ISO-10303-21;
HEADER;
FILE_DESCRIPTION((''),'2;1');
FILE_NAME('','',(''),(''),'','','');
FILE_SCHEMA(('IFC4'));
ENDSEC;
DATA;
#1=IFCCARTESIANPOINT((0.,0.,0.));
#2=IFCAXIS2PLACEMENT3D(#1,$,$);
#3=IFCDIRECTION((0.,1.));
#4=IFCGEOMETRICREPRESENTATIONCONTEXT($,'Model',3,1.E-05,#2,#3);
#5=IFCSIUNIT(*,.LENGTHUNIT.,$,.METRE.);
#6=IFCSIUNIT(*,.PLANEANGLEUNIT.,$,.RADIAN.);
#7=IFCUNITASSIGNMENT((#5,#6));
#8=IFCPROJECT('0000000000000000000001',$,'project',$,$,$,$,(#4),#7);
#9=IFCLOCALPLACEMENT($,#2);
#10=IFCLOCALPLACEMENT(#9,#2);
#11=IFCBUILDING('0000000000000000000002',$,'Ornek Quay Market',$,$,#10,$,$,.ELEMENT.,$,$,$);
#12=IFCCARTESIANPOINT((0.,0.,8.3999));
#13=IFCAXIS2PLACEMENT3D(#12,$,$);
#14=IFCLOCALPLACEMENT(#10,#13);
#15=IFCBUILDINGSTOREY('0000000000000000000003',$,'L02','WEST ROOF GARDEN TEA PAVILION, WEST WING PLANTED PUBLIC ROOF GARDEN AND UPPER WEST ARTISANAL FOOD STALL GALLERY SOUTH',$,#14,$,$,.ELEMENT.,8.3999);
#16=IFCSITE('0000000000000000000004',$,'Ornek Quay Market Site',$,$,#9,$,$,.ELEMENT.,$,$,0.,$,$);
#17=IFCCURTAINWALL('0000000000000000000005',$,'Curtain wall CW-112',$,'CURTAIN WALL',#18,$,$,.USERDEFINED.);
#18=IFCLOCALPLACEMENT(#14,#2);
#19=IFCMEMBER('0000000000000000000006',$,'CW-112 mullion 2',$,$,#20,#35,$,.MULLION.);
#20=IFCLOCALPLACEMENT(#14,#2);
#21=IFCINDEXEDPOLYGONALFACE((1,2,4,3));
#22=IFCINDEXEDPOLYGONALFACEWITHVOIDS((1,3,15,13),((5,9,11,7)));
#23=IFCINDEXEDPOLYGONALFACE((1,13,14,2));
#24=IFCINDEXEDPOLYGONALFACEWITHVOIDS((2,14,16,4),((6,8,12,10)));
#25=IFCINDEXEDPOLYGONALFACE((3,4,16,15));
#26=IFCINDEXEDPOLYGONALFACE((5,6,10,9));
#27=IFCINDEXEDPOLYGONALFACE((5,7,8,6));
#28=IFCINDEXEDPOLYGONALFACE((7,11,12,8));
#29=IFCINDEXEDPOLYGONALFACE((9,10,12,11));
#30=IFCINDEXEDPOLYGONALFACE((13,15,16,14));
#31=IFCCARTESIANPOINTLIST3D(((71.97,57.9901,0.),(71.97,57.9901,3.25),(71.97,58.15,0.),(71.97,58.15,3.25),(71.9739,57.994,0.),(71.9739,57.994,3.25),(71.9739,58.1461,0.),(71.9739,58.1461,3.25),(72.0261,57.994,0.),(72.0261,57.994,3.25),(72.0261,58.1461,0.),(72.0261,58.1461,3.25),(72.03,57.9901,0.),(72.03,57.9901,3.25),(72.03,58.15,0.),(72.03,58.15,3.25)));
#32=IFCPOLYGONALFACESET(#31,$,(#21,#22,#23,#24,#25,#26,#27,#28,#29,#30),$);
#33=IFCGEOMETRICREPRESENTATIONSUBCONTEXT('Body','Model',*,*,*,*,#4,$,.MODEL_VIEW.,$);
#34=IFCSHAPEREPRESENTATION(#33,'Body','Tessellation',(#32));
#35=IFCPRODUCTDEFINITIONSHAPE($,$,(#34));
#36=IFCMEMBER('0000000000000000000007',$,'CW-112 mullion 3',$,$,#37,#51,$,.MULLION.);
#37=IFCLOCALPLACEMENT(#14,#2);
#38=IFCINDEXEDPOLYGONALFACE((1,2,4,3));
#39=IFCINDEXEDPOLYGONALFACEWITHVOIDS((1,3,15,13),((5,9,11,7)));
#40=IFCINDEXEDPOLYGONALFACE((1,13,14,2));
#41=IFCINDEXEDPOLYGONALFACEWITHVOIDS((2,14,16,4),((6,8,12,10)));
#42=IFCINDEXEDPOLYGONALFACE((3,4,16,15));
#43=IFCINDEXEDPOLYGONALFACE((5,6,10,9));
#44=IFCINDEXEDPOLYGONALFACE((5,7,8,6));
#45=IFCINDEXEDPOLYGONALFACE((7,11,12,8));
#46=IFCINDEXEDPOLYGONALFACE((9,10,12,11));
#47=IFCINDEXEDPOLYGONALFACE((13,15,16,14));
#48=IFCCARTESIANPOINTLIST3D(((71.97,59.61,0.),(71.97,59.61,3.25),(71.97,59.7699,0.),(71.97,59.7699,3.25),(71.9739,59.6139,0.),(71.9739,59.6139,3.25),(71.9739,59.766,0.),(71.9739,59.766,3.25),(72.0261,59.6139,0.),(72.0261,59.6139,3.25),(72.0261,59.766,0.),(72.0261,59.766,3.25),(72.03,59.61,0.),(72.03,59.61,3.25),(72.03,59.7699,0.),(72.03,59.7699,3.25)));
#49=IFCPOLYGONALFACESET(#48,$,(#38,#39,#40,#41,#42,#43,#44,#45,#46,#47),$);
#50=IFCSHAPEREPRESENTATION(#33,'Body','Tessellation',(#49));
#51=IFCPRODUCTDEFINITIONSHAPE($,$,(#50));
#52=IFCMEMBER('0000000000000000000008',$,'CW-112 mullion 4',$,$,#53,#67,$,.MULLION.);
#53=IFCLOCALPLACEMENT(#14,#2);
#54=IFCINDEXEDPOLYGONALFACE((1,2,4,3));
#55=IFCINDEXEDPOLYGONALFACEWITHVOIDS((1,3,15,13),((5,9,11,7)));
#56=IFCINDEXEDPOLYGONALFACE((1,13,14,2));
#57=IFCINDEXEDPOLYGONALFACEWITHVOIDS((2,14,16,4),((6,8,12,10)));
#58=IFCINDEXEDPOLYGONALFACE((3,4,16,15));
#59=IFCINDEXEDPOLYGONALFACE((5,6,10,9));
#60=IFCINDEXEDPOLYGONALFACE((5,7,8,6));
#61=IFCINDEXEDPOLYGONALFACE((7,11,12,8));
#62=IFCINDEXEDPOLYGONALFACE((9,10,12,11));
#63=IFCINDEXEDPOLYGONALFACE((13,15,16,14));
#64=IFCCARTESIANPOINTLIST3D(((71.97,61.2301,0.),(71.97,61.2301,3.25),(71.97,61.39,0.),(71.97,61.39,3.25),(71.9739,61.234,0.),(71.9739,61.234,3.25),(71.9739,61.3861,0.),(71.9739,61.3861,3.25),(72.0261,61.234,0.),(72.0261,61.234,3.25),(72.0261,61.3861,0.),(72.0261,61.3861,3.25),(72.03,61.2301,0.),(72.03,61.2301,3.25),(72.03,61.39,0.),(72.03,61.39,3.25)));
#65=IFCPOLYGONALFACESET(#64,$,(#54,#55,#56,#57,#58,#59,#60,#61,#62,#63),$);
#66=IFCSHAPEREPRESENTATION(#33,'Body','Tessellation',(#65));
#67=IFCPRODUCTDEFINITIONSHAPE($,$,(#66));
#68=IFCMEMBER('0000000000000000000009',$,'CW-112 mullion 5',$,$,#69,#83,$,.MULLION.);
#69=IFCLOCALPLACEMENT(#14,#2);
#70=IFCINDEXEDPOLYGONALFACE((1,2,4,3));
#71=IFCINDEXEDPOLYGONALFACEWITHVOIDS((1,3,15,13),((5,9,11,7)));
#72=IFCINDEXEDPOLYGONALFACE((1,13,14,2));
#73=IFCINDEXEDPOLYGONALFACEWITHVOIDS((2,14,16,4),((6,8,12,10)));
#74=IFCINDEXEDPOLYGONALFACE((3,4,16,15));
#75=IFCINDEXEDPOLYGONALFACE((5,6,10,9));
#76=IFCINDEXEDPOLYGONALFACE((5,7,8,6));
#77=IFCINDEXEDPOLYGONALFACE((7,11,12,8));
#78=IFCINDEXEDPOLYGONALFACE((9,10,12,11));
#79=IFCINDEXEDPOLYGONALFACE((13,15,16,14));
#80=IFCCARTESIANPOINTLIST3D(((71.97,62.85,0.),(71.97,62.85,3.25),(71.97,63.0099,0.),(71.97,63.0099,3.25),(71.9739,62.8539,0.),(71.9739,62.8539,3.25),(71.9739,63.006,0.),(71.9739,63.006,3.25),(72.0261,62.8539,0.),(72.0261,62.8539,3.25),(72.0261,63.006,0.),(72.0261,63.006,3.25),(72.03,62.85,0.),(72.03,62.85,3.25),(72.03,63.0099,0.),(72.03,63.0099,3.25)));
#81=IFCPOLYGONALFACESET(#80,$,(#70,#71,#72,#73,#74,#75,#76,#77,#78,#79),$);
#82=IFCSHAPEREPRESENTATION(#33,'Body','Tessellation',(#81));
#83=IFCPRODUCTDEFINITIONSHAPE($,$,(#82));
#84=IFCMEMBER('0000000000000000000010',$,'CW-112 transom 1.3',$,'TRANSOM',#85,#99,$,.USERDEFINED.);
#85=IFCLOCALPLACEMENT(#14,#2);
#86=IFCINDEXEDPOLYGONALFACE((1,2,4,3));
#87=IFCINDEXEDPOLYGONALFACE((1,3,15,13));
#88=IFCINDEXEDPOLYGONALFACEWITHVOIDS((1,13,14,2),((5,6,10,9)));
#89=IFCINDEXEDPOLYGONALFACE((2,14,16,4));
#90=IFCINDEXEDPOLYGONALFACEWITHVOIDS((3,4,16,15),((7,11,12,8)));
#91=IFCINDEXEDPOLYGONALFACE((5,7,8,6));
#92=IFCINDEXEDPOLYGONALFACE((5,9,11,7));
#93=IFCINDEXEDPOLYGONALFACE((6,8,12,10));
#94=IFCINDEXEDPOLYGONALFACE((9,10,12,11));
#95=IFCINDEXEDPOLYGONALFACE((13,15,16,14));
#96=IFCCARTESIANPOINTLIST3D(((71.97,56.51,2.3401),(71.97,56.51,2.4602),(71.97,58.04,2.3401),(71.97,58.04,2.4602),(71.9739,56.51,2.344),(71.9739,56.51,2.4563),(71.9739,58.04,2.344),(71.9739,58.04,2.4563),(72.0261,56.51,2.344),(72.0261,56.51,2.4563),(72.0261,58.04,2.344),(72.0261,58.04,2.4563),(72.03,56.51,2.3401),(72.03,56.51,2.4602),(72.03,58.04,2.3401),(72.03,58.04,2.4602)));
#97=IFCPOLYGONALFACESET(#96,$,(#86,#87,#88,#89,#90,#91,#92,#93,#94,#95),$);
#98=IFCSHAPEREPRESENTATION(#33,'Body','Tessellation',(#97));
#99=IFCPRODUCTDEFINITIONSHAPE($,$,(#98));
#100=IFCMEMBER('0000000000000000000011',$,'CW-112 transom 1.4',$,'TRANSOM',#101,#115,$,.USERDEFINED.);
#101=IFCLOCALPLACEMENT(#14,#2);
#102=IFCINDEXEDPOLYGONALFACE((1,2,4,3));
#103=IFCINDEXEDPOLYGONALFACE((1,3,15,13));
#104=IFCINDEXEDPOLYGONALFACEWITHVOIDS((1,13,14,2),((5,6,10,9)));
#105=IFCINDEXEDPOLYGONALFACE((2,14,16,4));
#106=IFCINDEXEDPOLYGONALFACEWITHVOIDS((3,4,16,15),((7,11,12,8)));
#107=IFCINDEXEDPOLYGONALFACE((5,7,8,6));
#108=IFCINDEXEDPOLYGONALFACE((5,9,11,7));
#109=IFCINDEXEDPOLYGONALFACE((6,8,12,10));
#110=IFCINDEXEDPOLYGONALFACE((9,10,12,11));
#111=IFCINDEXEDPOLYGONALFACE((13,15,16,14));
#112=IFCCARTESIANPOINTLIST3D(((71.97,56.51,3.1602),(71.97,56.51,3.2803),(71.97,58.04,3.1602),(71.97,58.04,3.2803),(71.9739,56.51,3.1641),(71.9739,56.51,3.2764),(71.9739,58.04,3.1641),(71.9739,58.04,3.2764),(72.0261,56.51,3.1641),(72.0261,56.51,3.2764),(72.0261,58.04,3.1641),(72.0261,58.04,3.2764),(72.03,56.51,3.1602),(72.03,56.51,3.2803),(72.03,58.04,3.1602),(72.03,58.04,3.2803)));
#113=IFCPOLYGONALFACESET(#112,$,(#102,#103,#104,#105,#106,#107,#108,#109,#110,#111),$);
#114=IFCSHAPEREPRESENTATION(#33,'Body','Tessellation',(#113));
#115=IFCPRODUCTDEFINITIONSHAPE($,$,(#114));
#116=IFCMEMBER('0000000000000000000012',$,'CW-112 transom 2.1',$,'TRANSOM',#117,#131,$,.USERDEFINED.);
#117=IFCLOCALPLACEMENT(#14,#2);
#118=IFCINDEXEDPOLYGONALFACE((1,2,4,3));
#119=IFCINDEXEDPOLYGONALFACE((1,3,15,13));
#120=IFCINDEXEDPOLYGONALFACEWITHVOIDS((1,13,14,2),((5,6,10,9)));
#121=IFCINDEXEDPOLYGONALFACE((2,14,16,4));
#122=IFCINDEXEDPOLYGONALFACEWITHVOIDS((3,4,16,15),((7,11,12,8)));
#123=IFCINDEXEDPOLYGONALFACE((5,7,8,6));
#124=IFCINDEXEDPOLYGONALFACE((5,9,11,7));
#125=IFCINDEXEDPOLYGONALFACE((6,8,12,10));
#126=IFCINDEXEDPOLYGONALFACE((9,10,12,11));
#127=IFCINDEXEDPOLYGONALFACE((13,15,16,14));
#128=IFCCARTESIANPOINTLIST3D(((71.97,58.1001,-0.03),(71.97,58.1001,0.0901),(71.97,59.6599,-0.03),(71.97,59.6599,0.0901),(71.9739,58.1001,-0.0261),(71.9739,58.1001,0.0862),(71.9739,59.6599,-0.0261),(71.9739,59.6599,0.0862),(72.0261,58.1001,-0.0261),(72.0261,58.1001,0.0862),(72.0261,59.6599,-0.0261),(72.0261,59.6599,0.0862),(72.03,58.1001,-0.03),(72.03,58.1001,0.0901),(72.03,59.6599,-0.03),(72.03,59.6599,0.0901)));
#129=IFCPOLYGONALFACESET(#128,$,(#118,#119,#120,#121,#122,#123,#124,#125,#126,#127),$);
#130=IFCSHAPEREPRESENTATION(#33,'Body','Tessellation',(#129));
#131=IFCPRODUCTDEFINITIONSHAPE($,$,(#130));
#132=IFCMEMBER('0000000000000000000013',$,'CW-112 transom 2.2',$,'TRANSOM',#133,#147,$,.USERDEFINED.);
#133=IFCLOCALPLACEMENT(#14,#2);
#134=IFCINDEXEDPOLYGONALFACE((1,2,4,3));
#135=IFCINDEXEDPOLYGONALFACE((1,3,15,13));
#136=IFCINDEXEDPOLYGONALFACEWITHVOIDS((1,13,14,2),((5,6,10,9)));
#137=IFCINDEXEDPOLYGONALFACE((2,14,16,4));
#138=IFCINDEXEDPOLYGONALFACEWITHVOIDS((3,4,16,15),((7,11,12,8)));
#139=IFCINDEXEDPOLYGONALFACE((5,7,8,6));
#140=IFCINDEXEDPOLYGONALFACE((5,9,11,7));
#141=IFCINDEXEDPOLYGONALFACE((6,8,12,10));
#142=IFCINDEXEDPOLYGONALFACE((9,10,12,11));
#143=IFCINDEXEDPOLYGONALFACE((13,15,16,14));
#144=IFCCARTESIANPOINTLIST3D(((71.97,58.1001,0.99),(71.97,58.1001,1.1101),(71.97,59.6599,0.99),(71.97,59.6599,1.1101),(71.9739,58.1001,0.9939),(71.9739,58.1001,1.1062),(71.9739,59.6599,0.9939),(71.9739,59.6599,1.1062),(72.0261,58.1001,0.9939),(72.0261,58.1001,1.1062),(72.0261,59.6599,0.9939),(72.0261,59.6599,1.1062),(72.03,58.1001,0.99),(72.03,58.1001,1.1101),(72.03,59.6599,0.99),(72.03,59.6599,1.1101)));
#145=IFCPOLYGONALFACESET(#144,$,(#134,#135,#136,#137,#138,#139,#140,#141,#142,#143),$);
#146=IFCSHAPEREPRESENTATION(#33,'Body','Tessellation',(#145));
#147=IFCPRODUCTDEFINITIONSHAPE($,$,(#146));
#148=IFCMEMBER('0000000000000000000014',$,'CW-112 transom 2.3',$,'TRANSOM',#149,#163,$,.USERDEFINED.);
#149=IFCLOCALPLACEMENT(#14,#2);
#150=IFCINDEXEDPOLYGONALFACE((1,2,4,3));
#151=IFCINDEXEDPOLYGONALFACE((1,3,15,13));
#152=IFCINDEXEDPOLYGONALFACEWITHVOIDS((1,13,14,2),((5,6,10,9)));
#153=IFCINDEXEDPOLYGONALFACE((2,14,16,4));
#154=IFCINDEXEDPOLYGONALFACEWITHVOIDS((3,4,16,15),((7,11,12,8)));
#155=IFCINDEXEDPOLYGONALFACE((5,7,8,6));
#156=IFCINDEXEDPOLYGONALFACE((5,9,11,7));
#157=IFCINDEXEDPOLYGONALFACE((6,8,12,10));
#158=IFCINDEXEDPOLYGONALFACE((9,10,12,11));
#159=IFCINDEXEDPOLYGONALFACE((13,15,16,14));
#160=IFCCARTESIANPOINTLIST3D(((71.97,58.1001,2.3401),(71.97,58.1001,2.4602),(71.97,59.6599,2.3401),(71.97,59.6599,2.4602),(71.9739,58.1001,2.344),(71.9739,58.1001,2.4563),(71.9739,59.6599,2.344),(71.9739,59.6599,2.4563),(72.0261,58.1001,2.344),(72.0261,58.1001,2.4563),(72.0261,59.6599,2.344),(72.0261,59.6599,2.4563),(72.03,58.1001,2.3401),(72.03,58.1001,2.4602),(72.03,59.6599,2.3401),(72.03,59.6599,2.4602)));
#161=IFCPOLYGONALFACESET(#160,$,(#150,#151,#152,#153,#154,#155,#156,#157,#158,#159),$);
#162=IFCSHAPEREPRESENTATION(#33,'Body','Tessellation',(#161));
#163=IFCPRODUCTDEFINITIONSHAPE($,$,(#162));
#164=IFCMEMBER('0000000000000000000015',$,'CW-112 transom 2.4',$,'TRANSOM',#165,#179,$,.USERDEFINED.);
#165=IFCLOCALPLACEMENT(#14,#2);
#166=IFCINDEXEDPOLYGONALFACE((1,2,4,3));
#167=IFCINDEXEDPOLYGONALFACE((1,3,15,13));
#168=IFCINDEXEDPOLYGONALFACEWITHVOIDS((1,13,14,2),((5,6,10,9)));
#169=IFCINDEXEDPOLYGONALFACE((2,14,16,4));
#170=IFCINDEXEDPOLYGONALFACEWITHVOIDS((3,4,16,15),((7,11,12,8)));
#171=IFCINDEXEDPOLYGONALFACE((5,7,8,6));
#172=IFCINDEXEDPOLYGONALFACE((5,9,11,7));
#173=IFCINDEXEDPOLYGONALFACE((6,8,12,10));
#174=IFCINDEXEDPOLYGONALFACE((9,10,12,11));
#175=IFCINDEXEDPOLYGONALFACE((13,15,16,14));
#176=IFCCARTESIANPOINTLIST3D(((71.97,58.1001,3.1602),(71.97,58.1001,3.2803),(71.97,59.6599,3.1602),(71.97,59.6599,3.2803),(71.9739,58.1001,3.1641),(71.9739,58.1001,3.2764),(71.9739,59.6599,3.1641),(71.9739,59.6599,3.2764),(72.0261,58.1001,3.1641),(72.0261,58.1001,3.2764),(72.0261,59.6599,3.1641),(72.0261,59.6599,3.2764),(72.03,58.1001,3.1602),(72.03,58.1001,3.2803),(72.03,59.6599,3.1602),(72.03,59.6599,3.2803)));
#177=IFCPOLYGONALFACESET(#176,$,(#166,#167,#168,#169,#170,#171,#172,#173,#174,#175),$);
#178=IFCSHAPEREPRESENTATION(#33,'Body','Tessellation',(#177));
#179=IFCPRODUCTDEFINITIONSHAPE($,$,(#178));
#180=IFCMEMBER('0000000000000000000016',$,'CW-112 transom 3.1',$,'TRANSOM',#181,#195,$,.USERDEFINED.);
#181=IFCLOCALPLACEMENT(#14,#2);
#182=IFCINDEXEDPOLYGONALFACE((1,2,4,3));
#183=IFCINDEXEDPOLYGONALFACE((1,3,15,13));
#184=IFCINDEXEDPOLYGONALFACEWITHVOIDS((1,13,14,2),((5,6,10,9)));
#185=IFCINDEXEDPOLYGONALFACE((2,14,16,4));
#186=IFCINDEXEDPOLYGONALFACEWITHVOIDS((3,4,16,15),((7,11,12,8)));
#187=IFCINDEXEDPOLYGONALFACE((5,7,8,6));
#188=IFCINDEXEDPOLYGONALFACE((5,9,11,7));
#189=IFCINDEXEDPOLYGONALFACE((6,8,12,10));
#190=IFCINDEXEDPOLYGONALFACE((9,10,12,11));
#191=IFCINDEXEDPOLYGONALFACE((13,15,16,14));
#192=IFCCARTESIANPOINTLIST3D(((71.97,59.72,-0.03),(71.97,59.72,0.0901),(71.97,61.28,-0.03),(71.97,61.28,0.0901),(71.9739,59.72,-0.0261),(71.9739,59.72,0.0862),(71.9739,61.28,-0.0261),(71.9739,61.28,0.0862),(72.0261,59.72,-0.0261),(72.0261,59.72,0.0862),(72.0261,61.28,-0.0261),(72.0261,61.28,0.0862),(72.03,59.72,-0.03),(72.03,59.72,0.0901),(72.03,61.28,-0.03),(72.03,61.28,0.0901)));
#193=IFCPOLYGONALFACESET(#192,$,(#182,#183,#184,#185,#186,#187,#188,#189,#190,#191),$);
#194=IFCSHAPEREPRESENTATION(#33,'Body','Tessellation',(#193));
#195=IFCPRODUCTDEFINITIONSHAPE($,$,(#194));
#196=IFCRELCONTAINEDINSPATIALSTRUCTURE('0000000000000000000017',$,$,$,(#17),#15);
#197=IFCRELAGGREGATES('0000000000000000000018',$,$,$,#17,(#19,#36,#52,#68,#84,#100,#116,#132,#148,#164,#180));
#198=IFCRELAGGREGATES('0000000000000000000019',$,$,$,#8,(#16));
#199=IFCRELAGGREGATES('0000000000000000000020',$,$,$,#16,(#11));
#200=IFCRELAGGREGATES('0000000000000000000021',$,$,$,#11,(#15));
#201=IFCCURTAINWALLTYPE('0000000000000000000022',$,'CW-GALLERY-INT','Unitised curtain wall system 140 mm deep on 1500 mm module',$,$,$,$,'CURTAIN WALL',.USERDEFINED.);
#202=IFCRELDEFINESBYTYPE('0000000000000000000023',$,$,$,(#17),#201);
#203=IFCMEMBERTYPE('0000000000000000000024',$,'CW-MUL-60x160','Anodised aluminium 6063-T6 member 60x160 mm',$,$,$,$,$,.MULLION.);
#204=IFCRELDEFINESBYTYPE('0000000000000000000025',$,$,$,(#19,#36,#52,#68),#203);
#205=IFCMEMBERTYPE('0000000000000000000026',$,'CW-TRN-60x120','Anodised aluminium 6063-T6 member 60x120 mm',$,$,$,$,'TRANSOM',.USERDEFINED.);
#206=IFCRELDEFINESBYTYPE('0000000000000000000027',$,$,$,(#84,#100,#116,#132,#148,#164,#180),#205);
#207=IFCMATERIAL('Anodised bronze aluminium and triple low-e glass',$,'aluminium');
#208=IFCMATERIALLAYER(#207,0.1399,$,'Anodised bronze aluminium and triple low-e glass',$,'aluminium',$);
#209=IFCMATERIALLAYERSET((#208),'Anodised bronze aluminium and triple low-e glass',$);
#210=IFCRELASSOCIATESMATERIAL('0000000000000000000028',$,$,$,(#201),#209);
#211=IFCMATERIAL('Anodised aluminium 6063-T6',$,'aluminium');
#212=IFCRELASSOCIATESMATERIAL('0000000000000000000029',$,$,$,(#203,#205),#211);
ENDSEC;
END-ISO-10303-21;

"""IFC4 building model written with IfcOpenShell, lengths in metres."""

from ifc_helpers import new_model, si_unit, direction, frame, origin, origin_2d, place, context, subcontext, project, spatial, hollow_rectangle, extrude, material, layer, layer_set, material_profile, profile_set, type_object, element, aggregate, save


model = new_model("IFC4")

# Units and contexts
model_context = context("Model", 3, precision=1e-05, world=origin(), true_north=direction((0.0, 1.0)))
body_context = subcontext(model_context, "Body", "Model", "MODEL_VIEW")
ifc_project = project(units=[si_unit("LENGTHUNIT", "METRE"), si_unit("PLANEANGLEUNIT", "RADIAN")], contexts=[model_context])

# Site, building, storey
site_placement = place(None, origin())
site = spatial("IfcSite", under=ifc_project, at=site_placement, Name="Ornek Quay Market Site", CompositionType="ELEMENT", RefElevation=0.0)
building_placement = place(site_placement, origin())
building = spatial("IfcBuilding", under=site, at=building_placement, Name="Ornek Quay Market", CompositionType="ELEMENT")
storey_placement = place(building_placement, frame((0.0, 0.0, 8.3999)))
storey = spatial("IfcBuildingStorey", under=building, at=storey_placement, Name="L02", Description="WEST ROOF GARDEN TEA PAVILION, WEST WING PLANTED PUBLIC ROOF GARDEN AND UPPER WEST ARTISANAL FOOD STALL GALLERY SOUTH", CompositionType="ELEMENT", Elevation=8.3999)

# Curtain wall, members
ifc_material_1 = material(Name="Anodised bronze aluminium and triple low-e glass", Category="aluminium")
ifc_layer_1 = layer(ifc_material_1, 0.1399, Name="Anodised bronze aluminium and triple low-e glass", Category="aluminium")
ifc_layer_set_1 = layer_set([ifc_layer_1], Name="Anodised bronze aluminium and triple low-e glass")
curtain_wall_type = type_object("IfcCurtainWallType", Name="CW-GALLERY-INT", Description="Unitised curtain wall system 140 mm deep on 1500 mm module", ElementType="CURTAIN WALL", PredefinedType="USERDEFINED", material=ifc_layer_set_1)
curtain_wall_placement = place(storey_placement, origin())
curtain_wall = element("IfcCurtainWall", 1, at=curtain_wall_placement, inside=storey, type_object=curtain_wall_type, Name="Curtain wall CW-112", ObjectType="CURTAIN WALL", PredefinedType="USERDEFINED")
ifc_material_2 = material(Name="Anodised aluminium 6063-T6", Category="aluminium")
ifc_material_profile_1 = material_profile(ifc_material_2, hollow_rectangle(XDim=0.0601, YDim=0.1599, WallThickness=0.0039, at=origin_2d()), Name="CW-MUL-60x160", Category="aluminium")
ifc_profile_set_1 = profile_set([ifc_material_profile_1], Name="Anodised aluminium 6063-T6")
member_type_1 = type_object("IfcMemberType", Name="CW-MUL-60x160", Description="Anodised aluminium 6063-T6 member 60x160 mm", PredefinedType="MULLION", material=ifc_profile_set_1)
member_1_placement = place(storey_placement, frame((72.0, 58.0701, 0.0), z_axis=(0.0, 0.0, 1.0), x_axis=(-1.0, 0.0, 0.0)))
member_1 = element("IfcMember", 2, at=member_1_placement, type_object=member_type_1, Name="CW-112 mullion 2", PredefinedType="MULLION", context=body_context, shape_type="SweptSolid", body=[
    extrude(hollow_rectangle(XDim=0.0601, YDim=0.1599, WallThickness=0.0039, at=origin_2d()), origin(), (0.0, 0.0, 1.0), 3.25),
])
member_2_placement = place(storey_placement, frame((72.0, 59.6899, 0.0), z_axis=(0.0, 0.0, 1.0), x_axis=(-1.0, 0.0, 0.0)))
member_2 = element("IfcMember", 3, at=member_2_placement, type_object=member_type_1, Name="CW-112 mullion 3", PredefinedType="MULLION", context=body_context, shape_type="SweptSolid", body=[
    extrude(hollow_rectangle(XDim=0.0601, YDim=0.1599, WallThickness=0.0039, at=origin_2d()), origin(), (0.0, 0.0, 1.0), 3.25),
])
member_3_placement = place(storey_placement, frame((72.0, 61.3101, 0.0), z_axis=(0.0, 0.0, 1.0), x_axis=(-1.0, 0.0, 0.0)))
member_3 = element("IfcMember", 4, at=member_3_placement, type_object=member_type_1, Name="CW-112 mullion 4", PredefinedType="MULLION", context=body_context, shape_type="SweptSolid", body=[
    extrude(hollow_rectangle(XDim=0.0601, YDim=0.1599, WallThickness=0.0039, at=origin_2d()), origin(), (0.0, 0.0, 1.0), 3.25),
])
member_4_placement = place(storey_placement, frame((72.0, 62.9299, 0.0), z_axis=(0.0, 0.0, 1.0), x_axis=(-1.0, 0.0, 0.0)))
member_4 = element("IfcMember", 5, at=member_4_placement, type_object=member_type_1, Name="CW-112 mullion 5", PredefinedType="MULLION", context=body_context, shape_type="SweptSolid", body=[
    extrude(hollow_rectangle(XDim=0.0601, YDim=0.1599, WallThickness=0.0039, at=origin_2d()), origin(), (0.0, 0.0, 1.0), 3.25),
])
ifc_material_profile_2 = material_profile(ifc_material_2, hollow_rectangle(XDim=0.0601, YDim=0.1201, WallThickness=0.0039, at=origin_2d()), Name="CW-TRN-60x120", Category="aluminium")
ifc_profile_set_2 = profile_set([ifc_material_profile_2], Name="Anodised aluminium 6063-T6")
member_type_2 = type_object("IfcMemberType", Name="CW-TRN-60x120", Description="Anodised aluminium 6063-T6 member 60x120 mm", ElementType="TRANSOM", PredefinedType="USERDEFINED", material=ifc_profile_set_2)
member_5_placement = place(storey_placement, frame((72.0, 56.51, 2.4001), z_axis=(0.0, 1.0, 0.0), x_axis=(-1.0, 0.0, 0.0)))
member_5 = element("IfcMember", 6, at=member_5_placement, type_object=member_type_2, Name="CW-112 transom 1.3", ObjectType="TRANSOM", PredefinedType="USERDEFINED", context=body_context, shape_type="SweptSolid", body=[
    extrude(hollow_rectangle(XDim=0.0601, YDim=0.1201, WallThickness=0.0039, at=origin_2d()), origin(), (0.0, 0.0, 1.0), 1.53),
])
member_6_placement = place(storey_placement, frame((72.0, 56.51, 3.2202), z_axis=(0.0, 1.0, 0.0), x_axis=(-1.0, 0.0, 0.0)))
member_6 = element("IfcMember", 7, at=member_6_placement, type_object=member_type_2, Name="CW-112 transom 1.4", ObjectType="TRANSOM", PredefinedType="USERDEFINED", context=body_context, shape_type="SweptSolid", body=[
    extrude(hollow_rectangle(XDim=0.0601, YDim=0.1201, WallThickness=0.0039, at=origin_2d()), origin(), (0.0, 0.0, 1.0), 1.53),
])
member_7_placement = place(storey_placement, frame((72.0, 58.1001, 0.03), z_axis=(0.0, 1.0, 0.0), x_axis=(-1.0, 0.0, 0.0)))
member_7 = element("IfcMember", 8, at=member_7_placement, type_object=member_type_2, Name="CW-112 transom 2.1", ObjectType="TRANSOM", PredefinedType="USERDEFINED", context=body_context, shape_type="SweptSolid", body=[
    extrude(hollow_rectangle(XDim=0.0601, YDim=0.1201, WallThickness=0.0039, at=origin_2d()), origin(), (0.0, 0.0, 1.0), 1.5598),
])
member_8_placement = place(storey_placement, frame((72.0, 58.1001, 1.05), z_axis=(0.0, 1.0, 0.0), x_axis=(-1.0, 0.0, 0.0)))
member_8 = element("IfcMember", 9, at=member_8_placement, type_object=member_type_2, Name="CW-112 transom 2.2", ObjectType="TRANSOM", PredefinedType="USERDEFINED", context=body_context, shape_type="SweptSolid", body=[
    extrude(hollow_rectangle(XDim=0.0601, YDim=0.1201, WallThickness=0.0039, at=origin_2d()), origin(), (0.0, 0.0, 1.0), 1.5598),
])
member_9_placement = place(storey_placement, frame((72.0, 58.1001, 2.4001), z_axis=(0.0, 1.0, 0.0), x_axis=(-1.0, 0.0, 0.0)))
member_9 = element("IfcMember", 10, at=member_9_placement, type_object=member_type_2, Name="CW-112 transom 2.3", ObjectType="TRANSOM", PredefinedType="USERDEFINED", context=body_context, shape_type="SweptSolid", body=[
    extrude(hollow_rectangle(XDim=0.0601, YDim=0.1201, WallThickness=0.0039, at=origin_2d()), origin(), (0.0, 0.0, 1.0), 1.5598),
])
member_10_placement = place(storey_placement, frame((72.0, 58.1001, 3.2202), z_axis=(0.0, 1.0, 0.0), x_axis=(-1.0, 0.0, 0.0)))
member_10 = element("IfcMember", 11, at=member_10_placement, type_object=member_type_2, Name="CW-112 transom 2.4", ObjectType="TRANSOM", PredefinedType="USERDEFINED", context=body_context, shape_type="SweptSolid", body=[
    extrude(hollow_rectangle(XDim=0.0601, YDim=0.1201, WallThickness=0.0039, at=origin_2d()), origin(), (0.0, 0.0, 1.0), 1.5598),
])
member_11_placement = place(storey_placement, frame((72.0, 59.72, 0.03), z_axis=(0.0, 1.0, 0.0), x_axis=(-1.0, 0.0, 0.0)))
member_11 = element("IfcMember", 12, at=member_11_placement, type_object=member_type_2, Name="CW-112 transom 3.1", ObjectType="TRANSOM", PredefinedType="USERDEFINED", context=body_context, shape_type="SweptSolid", body=[
    extrude(hollow_rectangle(XDim=0.0601, YDim=0.1201, WallThickness=0.0039, at=origin_2d()), origin(), (0.0, 0.0, 1.0), 1.5601),
])
aggregate(curtain_wall, [member_1, member_2, member_3, member_4, member_5, member_6, member_7, member_8, member_9, member_10, member_11])

save(model, "model.ifc")
